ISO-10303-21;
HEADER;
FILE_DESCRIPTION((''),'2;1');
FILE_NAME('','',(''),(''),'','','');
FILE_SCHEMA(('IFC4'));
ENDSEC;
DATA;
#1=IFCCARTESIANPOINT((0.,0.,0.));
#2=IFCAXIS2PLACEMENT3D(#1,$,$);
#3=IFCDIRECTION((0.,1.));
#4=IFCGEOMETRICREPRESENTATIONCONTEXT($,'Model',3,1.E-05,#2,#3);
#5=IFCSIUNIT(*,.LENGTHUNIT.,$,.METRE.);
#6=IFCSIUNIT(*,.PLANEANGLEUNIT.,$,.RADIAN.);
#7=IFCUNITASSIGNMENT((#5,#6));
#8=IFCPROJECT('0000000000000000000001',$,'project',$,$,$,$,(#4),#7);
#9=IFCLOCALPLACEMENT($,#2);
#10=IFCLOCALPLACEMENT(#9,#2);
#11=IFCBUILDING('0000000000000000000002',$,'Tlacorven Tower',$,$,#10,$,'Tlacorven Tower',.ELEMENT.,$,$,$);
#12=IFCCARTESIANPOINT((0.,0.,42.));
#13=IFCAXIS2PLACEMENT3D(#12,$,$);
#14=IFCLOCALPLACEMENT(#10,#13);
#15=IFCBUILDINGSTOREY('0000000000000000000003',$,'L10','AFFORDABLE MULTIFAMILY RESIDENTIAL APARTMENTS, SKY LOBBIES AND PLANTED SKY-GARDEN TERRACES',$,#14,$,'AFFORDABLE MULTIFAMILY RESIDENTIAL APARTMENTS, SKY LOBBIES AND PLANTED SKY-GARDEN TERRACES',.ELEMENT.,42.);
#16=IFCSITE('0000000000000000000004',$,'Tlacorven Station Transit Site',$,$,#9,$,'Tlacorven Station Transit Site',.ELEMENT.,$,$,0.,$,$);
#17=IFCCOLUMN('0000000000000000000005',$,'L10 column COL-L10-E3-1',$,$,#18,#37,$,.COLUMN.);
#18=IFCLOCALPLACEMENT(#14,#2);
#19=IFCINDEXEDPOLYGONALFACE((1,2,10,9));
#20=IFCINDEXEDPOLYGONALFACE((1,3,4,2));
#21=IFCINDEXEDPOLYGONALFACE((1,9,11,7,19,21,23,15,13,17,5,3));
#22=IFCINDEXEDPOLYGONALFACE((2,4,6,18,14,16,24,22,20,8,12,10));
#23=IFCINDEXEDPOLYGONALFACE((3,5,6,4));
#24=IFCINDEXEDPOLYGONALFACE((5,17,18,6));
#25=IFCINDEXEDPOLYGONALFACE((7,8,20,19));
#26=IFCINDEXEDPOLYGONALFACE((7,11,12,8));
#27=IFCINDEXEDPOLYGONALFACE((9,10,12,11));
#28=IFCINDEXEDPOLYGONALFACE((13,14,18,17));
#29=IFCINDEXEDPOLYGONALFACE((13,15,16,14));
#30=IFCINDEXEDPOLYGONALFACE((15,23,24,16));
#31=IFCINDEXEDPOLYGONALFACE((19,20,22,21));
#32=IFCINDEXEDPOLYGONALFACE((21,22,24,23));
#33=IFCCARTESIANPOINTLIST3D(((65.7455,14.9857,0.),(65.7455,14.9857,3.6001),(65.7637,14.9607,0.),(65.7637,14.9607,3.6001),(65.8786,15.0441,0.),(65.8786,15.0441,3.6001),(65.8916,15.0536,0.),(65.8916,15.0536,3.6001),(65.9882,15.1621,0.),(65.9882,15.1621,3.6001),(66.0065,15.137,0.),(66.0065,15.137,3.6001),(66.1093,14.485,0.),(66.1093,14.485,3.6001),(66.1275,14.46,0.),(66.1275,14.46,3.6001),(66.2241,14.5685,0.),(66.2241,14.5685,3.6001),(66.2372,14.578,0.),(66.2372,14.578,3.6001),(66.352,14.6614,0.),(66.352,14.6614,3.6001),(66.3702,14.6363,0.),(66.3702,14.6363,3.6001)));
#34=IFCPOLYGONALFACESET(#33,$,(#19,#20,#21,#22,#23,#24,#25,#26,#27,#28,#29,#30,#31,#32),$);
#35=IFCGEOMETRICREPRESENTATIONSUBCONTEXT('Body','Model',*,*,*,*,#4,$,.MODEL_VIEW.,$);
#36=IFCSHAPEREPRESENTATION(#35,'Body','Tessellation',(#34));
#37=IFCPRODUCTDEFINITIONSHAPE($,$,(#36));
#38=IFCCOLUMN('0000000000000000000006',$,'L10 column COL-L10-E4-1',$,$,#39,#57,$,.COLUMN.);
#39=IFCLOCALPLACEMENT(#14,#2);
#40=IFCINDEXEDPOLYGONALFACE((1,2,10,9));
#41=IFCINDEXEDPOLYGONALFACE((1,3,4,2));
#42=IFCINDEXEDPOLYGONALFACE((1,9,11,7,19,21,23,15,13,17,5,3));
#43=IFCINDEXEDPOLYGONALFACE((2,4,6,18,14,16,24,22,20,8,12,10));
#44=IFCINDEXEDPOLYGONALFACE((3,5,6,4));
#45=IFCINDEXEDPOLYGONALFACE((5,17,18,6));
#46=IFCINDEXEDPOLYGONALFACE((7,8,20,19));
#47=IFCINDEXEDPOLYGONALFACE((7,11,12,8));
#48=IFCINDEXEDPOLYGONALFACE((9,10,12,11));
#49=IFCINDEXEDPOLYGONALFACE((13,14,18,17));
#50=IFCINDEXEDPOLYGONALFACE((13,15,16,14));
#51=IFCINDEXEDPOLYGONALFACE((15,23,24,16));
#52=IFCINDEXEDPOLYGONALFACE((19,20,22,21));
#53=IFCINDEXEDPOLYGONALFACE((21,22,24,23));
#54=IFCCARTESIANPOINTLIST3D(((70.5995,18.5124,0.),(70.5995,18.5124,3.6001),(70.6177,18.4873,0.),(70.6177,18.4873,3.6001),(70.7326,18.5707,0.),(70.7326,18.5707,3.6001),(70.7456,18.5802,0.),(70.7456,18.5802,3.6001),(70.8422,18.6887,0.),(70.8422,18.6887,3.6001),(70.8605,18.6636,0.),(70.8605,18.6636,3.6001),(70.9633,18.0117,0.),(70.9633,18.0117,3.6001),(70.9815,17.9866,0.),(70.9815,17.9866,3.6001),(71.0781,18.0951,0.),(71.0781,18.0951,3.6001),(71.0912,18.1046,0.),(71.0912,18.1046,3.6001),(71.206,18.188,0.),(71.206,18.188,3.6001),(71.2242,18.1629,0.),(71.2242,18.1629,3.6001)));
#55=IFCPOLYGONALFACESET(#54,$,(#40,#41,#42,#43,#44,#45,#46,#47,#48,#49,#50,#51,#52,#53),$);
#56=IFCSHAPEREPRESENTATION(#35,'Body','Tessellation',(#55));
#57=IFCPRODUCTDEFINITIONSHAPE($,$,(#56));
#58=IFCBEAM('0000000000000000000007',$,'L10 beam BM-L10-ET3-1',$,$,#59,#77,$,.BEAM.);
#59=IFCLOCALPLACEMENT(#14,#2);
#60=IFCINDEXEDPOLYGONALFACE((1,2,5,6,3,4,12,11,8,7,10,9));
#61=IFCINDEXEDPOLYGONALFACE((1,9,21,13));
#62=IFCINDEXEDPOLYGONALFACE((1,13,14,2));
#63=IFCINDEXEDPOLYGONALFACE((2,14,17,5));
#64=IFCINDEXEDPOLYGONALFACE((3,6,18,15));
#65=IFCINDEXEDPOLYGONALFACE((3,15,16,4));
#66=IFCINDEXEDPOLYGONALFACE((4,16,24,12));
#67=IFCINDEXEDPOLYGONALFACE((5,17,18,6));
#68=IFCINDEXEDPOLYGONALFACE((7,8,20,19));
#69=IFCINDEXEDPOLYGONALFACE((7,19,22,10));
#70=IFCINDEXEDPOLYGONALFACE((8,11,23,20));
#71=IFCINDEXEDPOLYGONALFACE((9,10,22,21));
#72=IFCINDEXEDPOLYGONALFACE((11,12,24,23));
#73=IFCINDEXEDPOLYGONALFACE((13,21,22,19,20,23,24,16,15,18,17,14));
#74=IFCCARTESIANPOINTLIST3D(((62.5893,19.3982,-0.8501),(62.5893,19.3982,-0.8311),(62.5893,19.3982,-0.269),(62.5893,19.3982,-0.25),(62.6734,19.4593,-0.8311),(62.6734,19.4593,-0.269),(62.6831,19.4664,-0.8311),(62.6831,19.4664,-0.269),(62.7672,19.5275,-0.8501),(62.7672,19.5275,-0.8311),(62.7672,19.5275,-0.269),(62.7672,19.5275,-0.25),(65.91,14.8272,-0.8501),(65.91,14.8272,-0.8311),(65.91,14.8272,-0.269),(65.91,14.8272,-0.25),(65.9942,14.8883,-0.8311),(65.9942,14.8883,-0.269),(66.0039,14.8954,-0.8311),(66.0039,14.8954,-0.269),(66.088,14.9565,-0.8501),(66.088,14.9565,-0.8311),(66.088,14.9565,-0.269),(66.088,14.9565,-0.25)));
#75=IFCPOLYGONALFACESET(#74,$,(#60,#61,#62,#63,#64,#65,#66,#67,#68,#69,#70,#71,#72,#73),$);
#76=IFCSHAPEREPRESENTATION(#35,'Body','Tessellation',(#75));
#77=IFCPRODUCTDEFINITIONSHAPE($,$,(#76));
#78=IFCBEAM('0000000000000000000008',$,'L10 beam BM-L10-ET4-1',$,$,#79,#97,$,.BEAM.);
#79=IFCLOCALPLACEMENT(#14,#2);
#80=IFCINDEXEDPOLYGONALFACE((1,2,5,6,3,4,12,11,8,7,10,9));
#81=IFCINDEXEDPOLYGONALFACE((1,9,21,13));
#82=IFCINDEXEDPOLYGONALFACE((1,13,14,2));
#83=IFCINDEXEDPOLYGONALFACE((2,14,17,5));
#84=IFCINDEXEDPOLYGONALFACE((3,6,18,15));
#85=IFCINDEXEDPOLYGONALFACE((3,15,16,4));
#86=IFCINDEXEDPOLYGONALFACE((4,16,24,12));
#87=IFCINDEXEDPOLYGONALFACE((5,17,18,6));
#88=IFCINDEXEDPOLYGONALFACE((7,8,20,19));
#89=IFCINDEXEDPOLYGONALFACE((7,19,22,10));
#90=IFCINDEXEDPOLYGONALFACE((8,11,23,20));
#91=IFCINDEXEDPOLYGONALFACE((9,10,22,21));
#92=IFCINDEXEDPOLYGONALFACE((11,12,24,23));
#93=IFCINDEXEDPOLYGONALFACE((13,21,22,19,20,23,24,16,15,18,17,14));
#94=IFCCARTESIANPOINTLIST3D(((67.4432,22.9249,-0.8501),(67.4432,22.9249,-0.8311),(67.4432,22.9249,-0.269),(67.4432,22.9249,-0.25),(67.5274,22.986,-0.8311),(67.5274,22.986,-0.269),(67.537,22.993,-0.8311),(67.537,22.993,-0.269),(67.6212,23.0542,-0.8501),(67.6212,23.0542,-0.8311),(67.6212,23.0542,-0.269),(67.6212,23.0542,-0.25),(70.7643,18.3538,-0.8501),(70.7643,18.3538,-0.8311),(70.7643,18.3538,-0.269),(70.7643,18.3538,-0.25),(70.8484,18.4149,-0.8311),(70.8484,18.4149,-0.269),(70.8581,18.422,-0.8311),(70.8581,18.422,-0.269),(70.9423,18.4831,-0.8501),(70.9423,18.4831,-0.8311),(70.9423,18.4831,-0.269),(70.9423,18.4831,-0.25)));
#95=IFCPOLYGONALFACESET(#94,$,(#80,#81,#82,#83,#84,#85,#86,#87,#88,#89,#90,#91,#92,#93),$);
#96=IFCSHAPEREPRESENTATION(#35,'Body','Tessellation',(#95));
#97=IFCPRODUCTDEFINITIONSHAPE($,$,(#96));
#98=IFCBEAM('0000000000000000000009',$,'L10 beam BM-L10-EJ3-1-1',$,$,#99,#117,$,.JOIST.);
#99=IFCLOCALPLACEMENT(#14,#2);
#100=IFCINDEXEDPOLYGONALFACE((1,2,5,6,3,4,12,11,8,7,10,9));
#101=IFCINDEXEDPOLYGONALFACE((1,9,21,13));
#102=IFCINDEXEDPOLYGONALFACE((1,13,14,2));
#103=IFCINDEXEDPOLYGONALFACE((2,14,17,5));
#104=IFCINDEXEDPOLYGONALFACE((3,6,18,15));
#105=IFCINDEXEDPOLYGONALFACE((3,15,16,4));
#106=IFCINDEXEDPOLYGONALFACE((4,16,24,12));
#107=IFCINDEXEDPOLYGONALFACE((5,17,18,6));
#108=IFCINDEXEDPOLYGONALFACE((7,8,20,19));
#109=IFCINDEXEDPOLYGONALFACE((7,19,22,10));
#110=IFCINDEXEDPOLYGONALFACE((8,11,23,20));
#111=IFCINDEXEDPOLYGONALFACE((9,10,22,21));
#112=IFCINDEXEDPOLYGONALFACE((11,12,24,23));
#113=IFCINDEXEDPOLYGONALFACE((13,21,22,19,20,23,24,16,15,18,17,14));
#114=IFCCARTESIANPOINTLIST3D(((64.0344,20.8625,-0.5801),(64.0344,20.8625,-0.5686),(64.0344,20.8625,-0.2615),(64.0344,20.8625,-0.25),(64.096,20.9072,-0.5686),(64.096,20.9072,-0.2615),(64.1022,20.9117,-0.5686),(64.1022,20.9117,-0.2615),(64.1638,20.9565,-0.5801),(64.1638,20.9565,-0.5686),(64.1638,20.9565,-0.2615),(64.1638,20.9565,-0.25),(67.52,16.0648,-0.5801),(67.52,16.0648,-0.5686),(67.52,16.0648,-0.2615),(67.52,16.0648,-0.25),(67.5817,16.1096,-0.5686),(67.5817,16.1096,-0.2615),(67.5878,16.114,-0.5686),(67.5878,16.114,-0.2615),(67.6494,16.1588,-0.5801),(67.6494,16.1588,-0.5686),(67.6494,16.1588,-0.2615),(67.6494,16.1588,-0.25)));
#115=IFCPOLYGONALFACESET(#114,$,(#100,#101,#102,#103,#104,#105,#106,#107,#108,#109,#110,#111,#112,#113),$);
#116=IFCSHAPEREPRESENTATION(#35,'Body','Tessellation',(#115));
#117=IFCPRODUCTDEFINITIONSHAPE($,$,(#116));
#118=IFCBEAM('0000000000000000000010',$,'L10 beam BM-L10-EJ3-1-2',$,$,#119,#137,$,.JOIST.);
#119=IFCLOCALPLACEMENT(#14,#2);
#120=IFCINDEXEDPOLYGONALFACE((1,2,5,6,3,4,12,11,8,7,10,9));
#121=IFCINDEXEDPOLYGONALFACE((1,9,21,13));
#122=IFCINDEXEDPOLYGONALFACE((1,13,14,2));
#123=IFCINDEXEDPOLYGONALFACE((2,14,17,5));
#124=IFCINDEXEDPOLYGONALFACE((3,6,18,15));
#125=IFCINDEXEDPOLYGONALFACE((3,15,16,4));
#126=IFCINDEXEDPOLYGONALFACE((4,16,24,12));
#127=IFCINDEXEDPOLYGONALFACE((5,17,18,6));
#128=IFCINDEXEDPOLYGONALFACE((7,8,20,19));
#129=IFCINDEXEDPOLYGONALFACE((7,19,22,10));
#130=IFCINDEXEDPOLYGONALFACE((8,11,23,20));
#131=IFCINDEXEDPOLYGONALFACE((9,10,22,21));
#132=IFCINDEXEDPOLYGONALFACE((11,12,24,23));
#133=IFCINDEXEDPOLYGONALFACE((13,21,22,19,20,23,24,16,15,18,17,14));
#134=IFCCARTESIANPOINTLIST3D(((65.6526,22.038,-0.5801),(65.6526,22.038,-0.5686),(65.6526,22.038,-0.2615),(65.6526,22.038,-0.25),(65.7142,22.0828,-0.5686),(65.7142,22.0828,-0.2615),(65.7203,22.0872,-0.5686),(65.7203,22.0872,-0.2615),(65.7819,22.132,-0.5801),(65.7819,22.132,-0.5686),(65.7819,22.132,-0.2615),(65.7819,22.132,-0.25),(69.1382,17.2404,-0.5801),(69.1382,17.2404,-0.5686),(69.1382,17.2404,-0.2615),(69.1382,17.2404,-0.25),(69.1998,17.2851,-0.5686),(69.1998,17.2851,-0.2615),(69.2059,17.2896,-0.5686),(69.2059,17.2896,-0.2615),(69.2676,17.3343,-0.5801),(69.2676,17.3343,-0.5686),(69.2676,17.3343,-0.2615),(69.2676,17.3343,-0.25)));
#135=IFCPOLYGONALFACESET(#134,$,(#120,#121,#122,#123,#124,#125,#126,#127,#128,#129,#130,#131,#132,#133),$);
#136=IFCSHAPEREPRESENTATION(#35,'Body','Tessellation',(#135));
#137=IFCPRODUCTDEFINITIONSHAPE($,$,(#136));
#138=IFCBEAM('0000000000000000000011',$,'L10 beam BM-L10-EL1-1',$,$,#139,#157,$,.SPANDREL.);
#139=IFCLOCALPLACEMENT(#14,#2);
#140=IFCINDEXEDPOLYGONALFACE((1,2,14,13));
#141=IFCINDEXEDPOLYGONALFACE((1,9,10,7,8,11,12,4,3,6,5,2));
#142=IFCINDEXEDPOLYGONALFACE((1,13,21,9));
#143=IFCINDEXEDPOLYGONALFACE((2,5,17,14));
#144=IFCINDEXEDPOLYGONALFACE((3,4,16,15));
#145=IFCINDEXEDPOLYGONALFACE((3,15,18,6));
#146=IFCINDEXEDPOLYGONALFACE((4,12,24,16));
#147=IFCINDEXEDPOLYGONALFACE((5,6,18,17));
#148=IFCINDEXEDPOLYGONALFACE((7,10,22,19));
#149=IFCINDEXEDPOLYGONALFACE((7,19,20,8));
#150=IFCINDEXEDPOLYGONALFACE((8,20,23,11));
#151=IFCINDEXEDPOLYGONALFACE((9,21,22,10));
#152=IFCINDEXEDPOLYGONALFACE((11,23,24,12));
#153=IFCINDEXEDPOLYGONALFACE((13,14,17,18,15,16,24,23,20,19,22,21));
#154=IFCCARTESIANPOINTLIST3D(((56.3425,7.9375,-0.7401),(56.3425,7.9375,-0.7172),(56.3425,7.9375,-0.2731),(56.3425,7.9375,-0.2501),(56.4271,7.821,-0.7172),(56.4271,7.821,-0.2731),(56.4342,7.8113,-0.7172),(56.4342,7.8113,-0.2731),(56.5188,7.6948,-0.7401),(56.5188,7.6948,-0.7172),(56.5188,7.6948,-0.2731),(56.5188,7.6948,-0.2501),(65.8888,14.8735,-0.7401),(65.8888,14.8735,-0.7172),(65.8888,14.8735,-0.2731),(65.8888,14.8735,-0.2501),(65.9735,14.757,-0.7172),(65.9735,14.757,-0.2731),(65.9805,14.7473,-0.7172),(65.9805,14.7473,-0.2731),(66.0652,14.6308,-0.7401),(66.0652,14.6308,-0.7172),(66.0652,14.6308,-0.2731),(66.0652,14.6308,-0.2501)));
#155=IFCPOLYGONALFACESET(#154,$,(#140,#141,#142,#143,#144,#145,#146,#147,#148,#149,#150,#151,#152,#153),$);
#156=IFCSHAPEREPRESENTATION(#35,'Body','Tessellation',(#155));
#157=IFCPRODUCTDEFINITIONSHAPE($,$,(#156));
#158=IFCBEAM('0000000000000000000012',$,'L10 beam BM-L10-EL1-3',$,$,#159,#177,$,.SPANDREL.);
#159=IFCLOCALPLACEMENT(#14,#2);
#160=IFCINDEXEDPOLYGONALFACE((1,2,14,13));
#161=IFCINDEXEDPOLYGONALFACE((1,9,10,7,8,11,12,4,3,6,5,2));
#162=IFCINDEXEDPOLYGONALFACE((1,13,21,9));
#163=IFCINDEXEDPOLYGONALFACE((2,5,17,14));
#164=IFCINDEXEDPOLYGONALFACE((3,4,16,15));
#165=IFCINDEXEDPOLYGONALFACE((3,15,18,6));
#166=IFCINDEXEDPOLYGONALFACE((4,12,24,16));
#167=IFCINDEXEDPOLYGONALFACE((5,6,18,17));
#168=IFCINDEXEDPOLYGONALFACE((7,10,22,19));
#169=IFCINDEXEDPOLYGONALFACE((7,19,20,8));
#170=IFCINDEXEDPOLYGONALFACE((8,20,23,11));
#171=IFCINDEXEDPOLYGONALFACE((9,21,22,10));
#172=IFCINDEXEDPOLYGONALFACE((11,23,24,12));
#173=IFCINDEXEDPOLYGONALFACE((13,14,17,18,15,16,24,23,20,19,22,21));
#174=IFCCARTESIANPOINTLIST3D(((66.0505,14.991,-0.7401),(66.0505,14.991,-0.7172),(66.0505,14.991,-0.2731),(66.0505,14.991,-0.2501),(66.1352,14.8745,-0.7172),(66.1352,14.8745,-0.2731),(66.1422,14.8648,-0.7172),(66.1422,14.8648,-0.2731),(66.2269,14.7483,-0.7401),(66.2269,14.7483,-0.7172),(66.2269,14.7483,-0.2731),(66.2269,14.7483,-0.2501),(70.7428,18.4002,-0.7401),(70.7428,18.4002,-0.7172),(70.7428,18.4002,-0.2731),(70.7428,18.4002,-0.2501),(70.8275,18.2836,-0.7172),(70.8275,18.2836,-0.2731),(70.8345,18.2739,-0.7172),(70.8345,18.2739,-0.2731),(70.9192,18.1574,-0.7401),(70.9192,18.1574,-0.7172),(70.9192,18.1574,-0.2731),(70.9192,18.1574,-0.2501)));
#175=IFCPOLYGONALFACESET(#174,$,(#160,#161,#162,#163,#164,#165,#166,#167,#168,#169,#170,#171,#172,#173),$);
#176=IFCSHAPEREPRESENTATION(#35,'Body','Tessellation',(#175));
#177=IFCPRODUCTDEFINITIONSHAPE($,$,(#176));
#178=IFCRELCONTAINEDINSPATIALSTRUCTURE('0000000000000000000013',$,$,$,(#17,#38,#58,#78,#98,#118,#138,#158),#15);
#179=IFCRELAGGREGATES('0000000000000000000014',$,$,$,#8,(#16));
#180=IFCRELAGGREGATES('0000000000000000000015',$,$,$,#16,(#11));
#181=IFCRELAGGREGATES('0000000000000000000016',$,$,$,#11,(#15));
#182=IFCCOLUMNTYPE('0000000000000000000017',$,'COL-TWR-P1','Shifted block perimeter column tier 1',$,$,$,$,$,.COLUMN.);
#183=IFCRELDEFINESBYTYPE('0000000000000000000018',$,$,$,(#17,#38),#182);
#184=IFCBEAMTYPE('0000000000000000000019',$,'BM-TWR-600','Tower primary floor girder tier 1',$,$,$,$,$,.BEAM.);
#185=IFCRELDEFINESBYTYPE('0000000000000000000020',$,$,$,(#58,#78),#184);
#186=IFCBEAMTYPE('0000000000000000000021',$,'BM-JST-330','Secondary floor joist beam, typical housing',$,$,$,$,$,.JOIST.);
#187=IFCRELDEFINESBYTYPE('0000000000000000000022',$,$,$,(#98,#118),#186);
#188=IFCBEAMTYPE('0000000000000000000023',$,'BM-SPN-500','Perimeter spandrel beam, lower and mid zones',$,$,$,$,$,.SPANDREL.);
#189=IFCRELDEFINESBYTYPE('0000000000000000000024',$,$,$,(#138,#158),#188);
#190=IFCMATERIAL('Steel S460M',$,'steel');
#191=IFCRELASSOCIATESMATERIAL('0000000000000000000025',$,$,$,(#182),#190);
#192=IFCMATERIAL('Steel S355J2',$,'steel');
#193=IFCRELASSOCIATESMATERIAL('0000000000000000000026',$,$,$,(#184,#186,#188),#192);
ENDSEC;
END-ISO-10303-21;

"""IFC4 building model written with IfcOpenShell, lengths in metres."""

from ifc_helpers import new_model, si_unit, direction, frame, origin, origin_2d, place, context, subcontext, project, spatial, i_section, extrude, source, transform, mapped, material, material_profile, profile_set, type_object, element, save


model = new_model("IFC4")

# Units and contexts
model_context = context("Model", 3, precision=1e-05, world=origin(), true_north=direction((0.0, 1.0)))
body_context = subcontext(model_context, "Body", "Model", "MODEL_VIEW")
ifc_project = project(units=[si_unit("LENGTHUNIT", "METRE"), si_unit("PLANEANGLEUNIT", "RADIAN")], contexts=[model_context])

# Site, building, storey
site_placement = place(None, origin())
site = spatial("IfcSite", under=ifc_project, at=site_placement, Name="Tlacorven Station Transit Site", LongName="Tlacorven Station Transit Site", CompositionType="ELEMENT", RefElevation=0.0)
building_placement = place(site_placement, origin())
building = spatial("IfcBuilding", under=site, at=building_placement, Name="Tlacorven Tower", LongName="Tlacorven Tower", CompositionType="ELEMENT")
storey_placement = place(building_placement, frame((0.0, 0.0, 42.0)))
storey = spatial("IfcBuildingStorey", under=building, at=storey_placement, Name="L10", Description="AFFORDABLE MULTIFAMILY RESIDENTIAL APARTMENTS, SKY LOBBIES AND PLANTED SKY-GARDEN TERRACES", LongName="AFFORDABLE MULTIFAMILY RESIDENTIAL APARTMENTS, SKY LOBBIES AND PLANTED SKY-GARDEN TERRACES", CompositionType="ELEMENT", Elevation=42.0)

# Columns
ifc_material_1 = material(Name="Steel S460M", Category="steel")
ifc_material_profile_1 = material_profile(ifc_material_1, i_section(OverallWidth=0.3, OverallDepth=0.6499, WebThickness=0.0161, FlangeThickness=0.031, at=origin_2d()), Name="HEB 650")
ifc_profile_set_1 = profile_set([ifc_material_profile_1], Name="Steel S460M")
column_type = type_object("IfcColumnType", Name="COL-TWR-P1", Description="Shifted block perimeter column tier 1", PredefinedType="COLUMN", material=ifc_profile_set_1)
shared_shape_1 = source(origin(), body_context, "Body", "SweptSolid", [
    extrude(i_section(OverallWidth=0.3, OverallDepth=0.6499, WebThickness=0.0161, FlangeThickness=0.031, at=origin_2d()), origin(), (0.0, 0.0, 1.0), 3.6001),
])
for number, where, z_axis, x_axis, name in (
    (1, (66.0579, 14.811, 0.0), (0.0, 0.0, 1.0), (0.809017, 0.587785, 0.0), "L10 column COL-L10-E3-1"),
    (2, (70.9119, 18.3376, 0.0), (0.0, 0.0, 1.0), (0.809017, 0.587785, 0.0), "L10 column COL-L10-E4-1"),
):
    element("IfcColumn", number, at=place(storey_placement, frame(where, z_axis=z_axis, x_axis=x_axis)), inside=storey, type_object=column_type, Name=name, PredefinedType="COLUMN", context=body_context, shape_type="MappedRepresentation", body=[
        mapped(shared_shape_1, transform((0.0, 0.0, 0.0), scale=1.0)),
    ])

# Beams
ifc_material_2 = material(Name="Steel S355J2", Category="steel")
ifc_material_profile_2 = material_profile(ifc_material_2, i_section(OverallWidth=0.22, OverallDepth=0.6001, WebThickness=0.012, FlangeThickness=0.019, at=origin_2d()), Name="IPE 600")
ifc_profile_set_2 = profile_set([ifc_material_profile_2], Name="Steel S355J2")
beam_type_1 = type_object("IfcBeamType", Name="BM-TWR-600", Description="Tower primary floor girder tier 1", PredefinedType="BEAM", material=ifc_profile_set_2)
shared_shape_2 = source(origin(), body_context, "Body", "SweptSolid", [
    extrude(i_section(OverallWidth=0.22, OverallDepth=0.6001, WebThickness=0.012, FlangeThickness=0.019, at=origin_2d()), origin(), (0.0, 0.0, 1.0), 5.6499),
])
beam_1_placement = place(storey_placement, frame((65.999, 14.8918, -0.55), z_axis=(-0.587755, 0.809039, 0.0), x_axis=(-0.809039, -0.587755, 0.0)))
element("IfcBeam", 3, at=beam_1_placement, inside=storey, type_object=beam_type_1, Name="L10 beam BM-L10-ET3-1", PredefinedType="BEAM", context=body_context, shape_type="MappedRepresentation", body=[
    mapped(shared_shape_2, transform((0.0, 0.0, 0.0), scale=1.0)),
])
shared_shape_3 = source(origin(), body_context, "Body", "SweptSolid", [
    extrude(i_section(OverallWidth=0.22, OverallDepth=0.6001, WebThickness=0.012, FlangeThickness=0.019, at=origin_2d()), origin(), (0.0, 0.0, 1.0), 5.6501),
])
beam_2_placement = place(storey_placement, frame((70.8533, 18.4185, -0.55), z_axis=(-0.587784, 0.809018, 0.0), x_axis=(-0.809018, -0.587784, 0.0)))
element("IfcBeam", 4, at=beam_2_placement, inside=storey, type_object=beam_type_1, Name="L10 beam BM-L10-ET4-1", PredefinedType="BEAM", context=body_context, shape_type="MappedRepresentation", body=[
    mapped(shared_shape_3, transform((0.0, 0.0, 0.0), scale=1.0)),
])
ifc_material_profile_3 = material_profile(ifc_material_2, i_section(OverallWidth=0.1599, OverallDepth=0.3301, WebThickness=0.0076, FlangeThickness=0.0115, at=origin_2d()), Name="IPE 330")
ifc_profile_set_3 = profile_set([ifc_material_profile_3], Name="Steel S355J2")
beam_type_2 = type_object("IfcBeamType", Name="BM-JST-330", Description="Secondary floor joist beam, typical housing", PredefinedType="JOIST", material=ifc_profile_set_3)
shared_shape_4 = source(origin(), body_context, "Body", "SweptSolid", [
    extrude(i_section(OverallWidth=0.1599, OverallDepth=0.3301, WebThickness=0.0076, FlangeThickness=0.0115, at=origin_2d()), origin(), (0.0, 0.0, 1.0), 5.9302),
])
for number, where, z_axis, x_axis, name in (
    (5, (67.5847, 16.1118, -0.415), (-0.587778, 0.809023, 0.0), (-0.809023, -0.587778, 0.0), "L10 beam BM-L10-EJ3-1-1"),
    (6, (69.2029, 17.2874, -0.415), (-0.587778, 0.809023, 0.0), (-0.809023, -0.587778, 0.0), "L10 beam BM-L10-EJ3-1-2"),
):
    element("IfcBeam", number, at=place(storey_placement, frame(where, z_axis=z_axis, x_axis=x_axis)), inside=storey, type_object=beam_type_2, Name=name, PredefinedType="JOIST", context=body_context, shape_type="MappedRepresentation", body=[
        mapped(shared_shape_4, transform((0.0, 0.0, 0.0), scale=1.0)),
    ])
ifc_material_profile_4 = material_profile(ifc_material_2, i_section(OverallWidth=0.3, OverallDepth=0.49, WebThickness=0.012, FlangeThickness=0.0229, at=origin_2d()), Name="HEA 500")
ifc_profile_set_4 = profile_set([ifc_material_profile_4], Name="Steel S355J2")
beam_type_3 = type_object("IfcBeamType", Name="BM-SPN-500", Description="Perimeter spandrel beam, lower and mid zones", PredefinedType="SPANDREL", material=ifc_profile_set_4)
shared_shape_5 = source(origin(), body_context, "Body", "SweptSolid", [
    extrude(i_section(OverallWidth=0.3, OverallDepth=0.49, WebThickness=0.012, FlangeThickness=0.0229, at=origin_2d()), origin(), (0.0, 0.0, 1.0), 11.8),
])
beam_3_placement = place(storey_placement, frame((56.4307, 7.8162, -0.4951), z_axis=(0.80901, 0.587795, 0.0), x_axis=(-0.587795, 0.80901, 0.0)))
element("IfcBeam", 7, at=beam_3_placement, inside=storey, type_object=beam_type_3, Name="L10 beam BM-L10-EL1-1", PredefinedType="SPANDREL", context=body_context, shape_type="MappedRepresentation", body=[
    mapped(shared_shape_5, transform((0.0, 0.0, 0.0), scale=1.0)),
])
shared_shape_6 = source(origin(), body_context, "Body", "SweptSolid", [
    extrude(i_section(OverallWidth=0.3, OverallDepth=0.49, WebThickness=0.012, FlangeThickness=0.0229, at=origin_2d()), origin(), (0.0, 0.0, 1.0), 5.8),
])
beam_4_placement = place(storey_placement, frame((66.1387, 14.8696, -0.4951), z_axis=(0.80902, 0.587781, 0.0), x_axis=(-0.587781, 0.80902, 0.0)))
element("IfcBeam", 8, at=beam_4_placement, inside=storey, type_object=beam_type_3, Name="L10 beam BM-L10-EL1-3", PredefinedType="SPANDREL", context=body_context, shape_type="MappedRepresentation", body=[
    mapped(shared_shape_6, transform((0.0, 0.0, 0.0), scale=1.0)),
])

save(model, "model.ifc")
